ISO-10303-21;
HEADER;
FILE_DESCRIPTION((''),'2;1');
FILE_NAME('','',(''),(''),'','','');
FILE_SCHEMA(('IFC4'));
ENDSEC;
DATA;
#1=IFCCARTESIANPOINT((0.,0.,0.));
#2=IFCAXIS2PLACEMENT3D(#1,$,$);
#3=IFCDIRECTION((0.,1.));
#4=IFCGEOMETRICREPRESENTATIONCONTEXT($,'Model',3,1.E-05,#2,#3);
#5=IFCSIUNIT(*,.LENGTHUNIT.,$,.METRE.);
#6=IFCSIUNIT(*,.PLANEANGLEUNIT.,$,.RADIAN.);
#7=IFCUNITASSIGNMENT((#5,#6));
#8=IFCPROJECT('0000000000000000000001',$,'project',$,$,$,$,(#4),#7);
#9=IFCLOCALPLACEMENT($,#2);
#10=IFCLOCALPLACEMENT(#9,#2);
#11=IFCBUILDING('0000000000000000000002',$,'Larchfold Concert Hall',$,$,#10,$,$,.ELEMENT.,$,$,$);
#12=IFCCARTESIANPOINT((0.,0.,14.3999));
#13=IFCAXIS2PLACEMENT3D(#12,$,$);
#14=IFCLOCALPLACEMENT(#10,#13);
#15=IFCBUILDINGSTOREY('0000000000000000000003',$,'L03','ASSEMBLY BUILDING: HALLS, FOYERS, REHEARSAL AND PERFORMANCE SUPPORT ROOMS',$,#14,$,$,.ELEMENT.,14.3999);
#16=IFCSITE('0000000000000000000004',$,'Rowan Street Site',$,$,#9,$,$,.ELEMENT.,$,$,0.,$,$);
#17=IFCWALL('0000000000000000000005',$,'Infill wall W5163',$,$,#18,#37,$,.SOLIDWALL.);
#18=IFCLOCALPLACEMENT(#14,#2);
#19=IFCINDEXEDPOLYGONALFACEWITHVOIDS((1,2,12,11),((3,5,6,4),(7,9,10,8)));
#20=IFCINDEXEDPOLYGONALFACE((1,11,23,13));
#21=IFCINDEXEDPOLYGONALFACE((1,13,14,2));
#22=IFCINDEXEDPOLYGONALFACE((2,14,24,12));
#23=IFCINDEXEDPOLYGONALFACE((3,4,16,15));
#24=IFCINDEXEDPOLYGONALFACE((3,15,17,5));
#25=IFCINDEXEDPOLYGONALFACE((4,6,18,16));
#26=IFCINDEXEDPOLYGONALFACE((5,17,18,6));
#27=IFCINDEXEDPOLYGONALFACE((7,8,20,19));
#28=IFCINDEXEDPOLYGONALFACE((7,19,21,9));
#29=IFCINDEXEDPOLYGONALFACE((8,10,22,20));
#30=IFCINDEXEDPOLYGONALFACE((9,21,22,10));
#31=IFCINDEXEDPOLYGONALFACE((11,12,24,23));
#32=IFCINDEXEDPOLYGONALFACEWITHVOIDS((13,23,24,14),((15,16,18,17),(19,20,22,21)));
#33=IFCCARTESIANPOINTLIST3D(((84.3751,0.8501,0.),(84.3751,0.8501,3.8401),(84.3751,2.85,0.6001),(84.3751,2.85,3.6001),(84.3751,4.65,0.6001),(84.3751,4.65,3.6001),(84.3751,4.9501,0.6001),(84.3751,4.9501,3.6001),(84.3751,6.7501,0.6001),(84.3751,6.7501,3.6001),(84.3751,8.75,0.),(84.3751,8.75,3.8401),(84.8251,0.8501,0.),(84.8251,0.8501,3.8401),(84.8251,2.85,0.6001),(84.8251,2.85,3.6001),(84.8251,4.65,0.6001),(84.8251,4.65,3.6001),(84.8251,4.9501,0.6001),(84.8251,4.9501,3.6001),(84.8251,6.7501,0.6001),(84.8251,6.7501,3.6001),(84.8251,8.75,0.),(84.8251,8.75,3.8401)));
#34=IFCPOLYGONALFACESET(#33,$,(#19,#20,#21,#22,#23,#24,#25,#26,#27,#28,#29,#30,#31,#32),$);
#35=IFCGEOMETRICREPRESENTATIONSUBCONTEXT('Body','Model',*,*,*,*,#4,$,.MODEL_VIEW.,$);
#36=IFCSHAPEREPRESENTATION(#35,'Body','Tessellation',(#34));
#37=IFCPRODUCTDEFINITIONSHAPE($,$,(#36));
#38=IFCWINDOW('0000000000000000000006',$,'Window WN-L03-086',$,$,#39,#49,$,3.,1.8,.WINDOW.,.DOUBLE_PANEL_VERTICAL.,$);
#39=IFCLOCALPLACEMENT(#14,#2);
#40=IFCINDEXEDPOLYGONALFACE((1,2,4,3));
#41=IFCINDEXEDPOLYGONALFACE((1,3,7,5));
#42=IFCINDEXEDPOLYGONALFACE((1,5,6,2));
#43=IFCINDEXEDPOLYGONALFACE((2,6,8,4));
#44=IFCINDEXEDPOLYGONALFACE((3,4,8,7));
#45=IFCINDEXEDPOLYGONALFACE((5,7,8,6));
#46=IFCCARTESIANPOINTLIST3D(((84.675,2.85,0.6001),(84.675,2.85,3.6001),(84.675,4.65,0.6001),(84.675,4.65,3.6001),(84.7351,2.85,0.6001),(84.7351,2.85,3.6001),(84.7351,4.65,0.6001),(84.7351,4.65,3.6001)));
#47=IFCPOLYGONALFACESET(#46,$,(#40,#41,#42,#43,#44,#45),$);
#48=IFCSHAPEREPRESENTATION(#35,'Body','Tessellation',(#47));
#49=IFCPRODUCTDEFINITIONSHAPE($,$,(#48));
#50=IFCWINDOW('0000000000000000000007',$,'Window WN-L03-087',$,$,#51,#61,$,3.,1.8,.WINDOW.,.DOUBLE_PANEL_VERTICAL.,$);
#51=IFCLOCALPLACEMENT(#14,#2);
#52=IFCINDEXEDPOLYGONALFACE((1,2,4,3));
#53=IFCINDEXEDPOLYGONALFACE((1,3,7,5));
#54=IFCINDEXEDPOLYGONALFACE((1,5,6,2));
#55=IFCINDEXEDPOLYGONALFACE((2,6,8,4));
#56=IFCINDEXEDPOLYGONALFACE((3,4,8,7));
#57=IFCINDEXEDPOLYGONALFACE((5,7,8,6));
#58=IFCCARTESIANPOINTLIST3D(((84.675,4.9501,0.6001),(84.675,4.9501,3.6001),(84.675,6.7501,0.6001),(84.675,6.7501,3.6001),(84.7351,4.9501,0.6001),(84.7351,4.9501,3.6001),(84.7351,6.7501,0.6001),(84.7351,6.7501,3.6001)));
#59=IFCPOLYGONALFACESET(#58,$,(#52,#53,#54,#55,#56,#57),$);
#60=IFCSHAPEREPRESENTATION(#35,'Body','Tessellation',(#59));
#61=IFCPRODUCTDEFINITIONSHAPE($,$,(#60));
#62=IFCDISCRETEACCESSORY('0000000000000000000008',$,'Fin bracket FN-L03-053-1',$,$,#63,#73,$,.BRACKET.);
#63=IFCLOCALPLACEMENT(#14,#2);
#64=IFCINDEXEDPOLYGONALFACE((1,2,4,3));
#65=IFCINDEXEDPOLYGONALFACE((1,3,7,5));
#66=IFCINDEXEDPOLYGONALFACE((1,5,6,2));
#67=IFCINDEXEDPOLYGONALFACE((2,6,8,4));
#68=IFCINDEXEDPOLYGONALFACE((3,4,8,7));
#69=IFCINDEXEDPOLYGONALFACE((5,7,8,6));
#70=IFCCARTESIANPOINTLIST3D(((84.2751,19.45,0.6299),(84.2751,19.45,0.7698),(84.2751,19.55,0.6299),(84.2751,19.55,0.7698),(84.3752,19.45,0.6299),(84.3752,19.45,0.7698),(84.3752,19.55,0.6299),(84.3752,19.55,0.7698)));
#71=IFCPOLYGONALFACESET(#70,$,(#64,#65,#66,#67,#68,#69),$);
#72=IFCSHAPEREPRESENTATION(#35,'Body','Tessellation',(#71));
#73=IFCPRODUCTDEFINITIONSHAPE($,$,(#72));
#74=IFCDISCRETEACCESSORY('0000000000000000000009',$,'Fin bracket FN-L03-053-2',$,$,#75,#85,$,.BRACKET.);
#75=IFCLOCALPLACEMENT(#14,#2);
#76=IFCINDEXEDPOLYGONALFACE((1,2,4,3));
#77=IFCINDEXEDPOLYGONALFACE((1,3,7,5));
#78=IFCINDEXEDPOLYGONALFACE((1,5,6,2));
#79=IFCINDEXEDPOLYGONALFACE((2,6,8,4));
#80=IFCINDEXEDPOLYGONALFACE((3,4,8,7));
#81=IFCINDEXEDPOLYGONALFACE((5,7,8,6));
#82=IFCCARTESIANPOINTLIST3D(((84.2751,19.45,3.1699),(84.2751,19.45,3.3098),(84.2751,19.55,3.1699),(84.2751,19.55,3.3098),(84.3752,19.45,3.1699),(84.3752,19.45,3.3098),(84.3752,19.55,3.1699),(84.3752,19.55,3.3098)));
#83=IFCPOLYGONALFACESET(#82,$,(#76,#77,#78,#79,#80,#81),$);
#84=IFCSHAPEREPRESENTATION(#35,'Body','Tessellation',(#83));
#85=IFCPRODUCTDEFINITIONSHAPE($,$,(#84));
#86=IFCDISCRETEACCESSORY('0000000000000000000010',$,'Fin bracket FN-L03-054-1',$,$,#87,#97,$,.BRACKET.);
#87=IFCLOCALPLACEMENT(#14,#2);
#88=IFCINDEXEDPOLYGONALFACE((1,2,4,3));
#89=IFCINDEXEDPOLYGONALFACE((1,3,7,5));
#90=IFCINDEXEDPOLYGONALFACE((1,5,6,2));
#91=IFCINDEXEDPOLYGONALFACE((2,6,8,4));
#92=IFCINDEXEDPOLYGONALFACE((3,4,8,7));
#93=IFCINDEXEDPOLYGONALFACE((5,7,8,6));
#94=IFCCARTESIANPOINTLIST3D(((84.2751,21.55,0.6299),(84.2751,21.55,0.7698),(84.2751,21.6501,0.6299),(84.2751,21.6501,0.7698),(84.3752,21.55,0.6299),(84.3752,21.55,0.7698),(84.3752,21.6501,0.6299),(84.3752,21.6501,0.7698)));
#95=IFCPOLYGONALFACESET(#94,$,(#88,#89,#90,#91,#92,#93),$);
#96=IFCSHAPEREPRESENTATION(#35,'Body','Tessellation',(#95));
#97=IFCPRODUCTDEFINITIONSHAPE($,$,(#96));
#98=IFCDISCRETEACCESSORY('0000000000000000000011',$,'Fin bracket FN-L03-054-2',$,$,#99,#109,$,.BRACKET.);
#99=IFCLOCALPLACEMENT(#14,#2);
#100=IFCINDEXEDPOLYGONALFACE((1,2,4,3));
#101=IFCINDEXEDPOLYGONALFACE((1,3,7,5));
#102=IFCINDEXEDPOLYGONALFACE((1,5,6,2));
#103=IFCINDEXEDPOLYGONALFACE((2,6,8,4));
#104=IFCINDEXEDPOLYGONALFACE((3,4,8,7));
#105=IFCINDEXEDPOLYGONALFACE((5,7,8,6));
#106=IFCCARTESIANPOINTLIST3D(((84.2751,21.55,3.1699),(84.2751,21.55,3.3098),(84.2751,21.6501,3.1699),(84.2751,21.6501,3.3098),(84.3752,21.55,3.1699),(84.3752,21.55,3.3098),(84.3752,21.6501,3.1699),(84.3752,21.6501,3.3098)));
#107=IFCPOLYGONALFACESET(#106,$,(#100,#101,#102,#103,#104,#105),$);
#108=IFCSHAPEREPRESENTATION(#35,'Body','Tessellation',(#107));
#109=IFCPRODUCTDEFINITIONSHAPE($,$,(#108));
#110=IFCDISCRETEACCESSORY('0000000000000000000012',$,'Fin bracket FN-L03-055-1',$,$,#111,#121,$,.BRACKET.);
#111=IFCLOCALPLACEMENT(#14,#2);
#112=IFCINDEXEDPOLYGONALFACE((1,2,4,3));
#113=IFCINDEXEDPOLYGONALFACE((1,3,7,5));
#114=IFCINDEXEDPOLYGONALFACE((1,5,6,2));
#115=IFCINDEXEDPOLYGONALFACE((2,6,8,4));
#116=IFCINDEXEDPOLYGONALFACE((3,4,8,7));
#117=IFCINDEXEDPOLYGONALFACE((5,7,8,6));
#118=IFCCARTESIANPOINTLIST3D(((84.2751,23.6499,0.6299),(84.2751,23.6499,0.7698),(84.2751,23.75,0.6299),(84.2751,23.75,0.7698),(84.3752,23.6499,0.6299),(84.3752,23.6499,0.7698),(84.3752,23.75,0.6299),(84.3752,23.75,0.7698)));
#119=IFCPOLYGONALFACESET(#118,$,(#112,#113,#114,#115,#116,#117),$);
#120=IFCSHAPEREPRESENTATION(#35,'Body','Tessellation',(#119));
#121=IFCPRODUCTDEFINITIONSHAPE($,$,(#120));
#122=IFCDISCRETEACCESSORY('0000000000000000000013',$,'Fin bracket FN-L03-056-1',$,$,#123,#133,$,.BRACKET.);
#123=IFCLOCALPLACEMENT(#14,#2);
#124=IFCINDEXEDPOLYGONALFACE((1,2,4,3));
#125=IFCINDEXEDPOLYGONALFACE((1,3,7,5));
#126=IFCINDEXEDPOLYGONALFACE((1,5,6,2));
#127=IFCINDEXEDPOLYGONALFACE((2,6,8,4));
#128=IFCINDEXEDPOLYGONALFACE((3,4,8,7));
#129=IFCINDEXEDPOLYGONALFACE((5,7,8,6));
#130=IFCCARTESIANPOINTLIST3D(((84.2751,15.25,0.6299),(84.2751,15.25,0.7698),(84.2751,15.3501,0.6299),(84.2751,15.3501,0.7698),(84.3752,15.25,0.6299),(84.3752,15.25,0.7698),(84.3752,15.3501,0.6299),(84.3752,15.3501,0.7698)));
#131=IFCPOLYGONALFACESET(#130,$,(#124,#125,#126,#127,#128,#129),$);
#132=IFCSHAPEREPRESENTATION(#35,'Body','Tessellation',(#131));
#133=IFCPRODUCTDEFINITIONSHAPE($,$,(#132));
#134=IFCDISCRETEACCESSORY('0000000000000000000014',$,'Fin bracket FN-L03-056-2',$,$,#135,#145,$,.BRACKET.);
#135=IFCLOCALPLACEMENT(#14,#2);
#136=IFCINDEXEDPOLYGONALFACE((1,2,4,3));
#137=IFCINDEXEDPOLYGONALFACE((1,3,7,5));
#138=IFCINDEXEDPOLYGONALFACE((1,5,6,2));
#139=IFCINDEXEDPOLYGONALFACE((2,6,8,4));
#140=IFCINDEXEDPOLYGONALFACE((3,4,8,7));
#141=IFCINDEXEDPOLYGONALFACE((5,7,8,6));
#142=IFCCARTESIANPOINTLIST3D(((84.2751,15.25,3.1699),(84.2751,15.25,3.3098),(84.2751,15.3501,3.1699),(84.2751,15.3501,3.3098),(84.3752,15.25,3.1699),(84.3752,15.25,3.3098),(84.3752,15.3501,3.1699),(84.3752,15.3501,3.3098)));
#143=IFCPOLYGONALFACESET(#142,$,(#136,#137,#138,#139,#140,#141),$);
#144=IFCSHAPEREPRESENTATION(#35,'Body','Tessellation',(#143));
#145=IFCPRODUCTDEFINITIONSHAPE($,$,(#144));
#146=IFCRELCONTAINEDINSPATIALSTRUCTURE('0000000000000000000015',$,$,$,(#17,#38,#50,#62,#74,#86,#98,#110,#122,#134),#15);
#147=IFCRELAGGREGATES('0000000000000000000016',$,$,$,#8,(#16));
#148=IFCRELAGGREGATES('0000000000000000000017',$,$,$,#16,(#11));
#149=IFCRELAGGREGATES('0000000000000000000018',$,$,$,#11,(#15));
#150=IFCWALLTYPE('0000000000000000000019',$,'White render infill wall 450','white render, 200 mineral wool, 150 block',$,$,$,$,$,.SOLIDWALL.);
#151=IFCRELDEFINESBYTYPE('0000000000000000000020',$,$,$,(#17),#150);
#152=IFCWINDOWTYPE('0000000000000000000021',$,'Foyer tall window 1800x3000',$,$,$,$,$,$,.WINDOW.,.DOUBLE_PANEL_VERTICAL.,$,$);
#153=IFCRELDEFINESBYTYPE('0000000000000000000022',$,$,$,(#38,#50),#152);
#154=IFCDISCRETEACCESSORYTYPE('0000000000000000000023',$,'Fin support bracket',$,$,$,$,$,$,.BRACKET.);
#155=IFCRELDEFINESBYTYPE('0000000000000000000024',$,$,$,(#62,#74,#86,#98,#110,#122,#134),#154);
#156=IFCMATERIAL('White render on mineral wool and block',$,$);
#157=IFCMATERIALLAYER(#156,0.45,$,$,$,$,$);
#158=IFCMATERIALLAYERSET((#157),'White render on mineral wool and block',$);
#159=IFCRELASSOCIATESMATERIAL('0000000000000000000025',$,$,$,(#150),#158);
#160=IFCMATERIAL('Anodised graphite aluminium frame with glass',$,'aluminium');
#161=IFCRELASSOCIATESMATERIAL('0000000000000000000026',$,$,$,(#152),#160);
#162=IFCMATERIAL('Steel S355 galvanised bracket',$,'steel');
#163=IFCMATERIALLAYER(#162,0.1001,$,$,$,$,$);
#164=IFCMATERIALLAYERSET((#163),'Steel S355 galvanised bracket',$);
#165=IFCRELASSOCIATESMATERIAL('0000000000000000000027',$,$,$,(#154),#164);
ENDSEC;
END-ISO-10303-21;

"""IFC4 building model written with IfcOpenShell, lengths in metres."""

from ifc_helpers import new_model, si_unit, direction, frame, frame_2d, origin, origin_2d, place, context, subcontext, project, spatial, rectangle, extrude, material, layer, layer_set, type_object, element, fill, save


model = new_model("IFC4")

# Units and contexts
model_context = context("Model", 3, precision=1e-05, world=origin(), true_north=direction((0.0, 1.0)))
body_context = subcontext(model_context, "Body", "Model", "MODEL_VIEW")
ifc_project = project(units=[si_unit("LENGTHUNIT", "METRE"), si_unit("PLANEANGLEUNIT", "RADIAN")], contexts=[model_context])

# Site, building, storey
site_placement = place(None, origin())
site = spatial("IfcSite", under=ifc_project, at=site_placement, Name="Rowan Street Site", CompositionType="ELEMENT", RefElevation=0.0)
building_placement = place(site_placement, origin())
building = spatial("IfcBuilding", under=site, at=building_placement, Name="Larchfold Concert Hall", CompositionType="ELEMENT")
storey_placement = place(building_placement, frame((0.0, 0.0, 14.3999)))
storey = spatial("IfcBuildingStorey", under=building, at=storey_placement, Name="L03", Description="ASSEMBLY BUILDING: HALLS, FOYERS, REHEARSAL AND PERFORMANCE SUPPORT ROOMS", CompositionType="ELEMENT", Elevation=14.3999)

# Wall, openings, windows
ifc_material_1 = material(Name="White render on mineral wool and block")
ifc_layer_1 = layer(ifc_material_1, 0.45)
ifc_layer_set_1 = layer_set([ifc_layer_1], Name="White render on mineral wool and block")
wall_type = type_object("IfcWallType", Name="White render infill wall 450", Description="white render, 200 mineral wool, 150 block", PredefinedType="SOLIDWALL", material=ifc_layer_set_1)
ifc_material_2 = material(Name="Anodised graphite aluminium frame with glass", Category="aluminium")
window_type_1 = type_object("IfcWindowType", Name="Foyer tall window 1800x3000", PartitioningType="DOUBLE_PANEL_VERTICAL", PredefinedType="WINDOW", material=ifc_material_2)
wall_1_placement = place(storey_placement, frame((84.6001, 8.75, 0.0), z_axis=(0.0, 0.0, 1.0), x_axis=(0.0, -1.0, 0.0)))
wall_1 = element("IfcWall", 1, at=wall_1_placement, inside=storey, type_object=wall_type, Name="Infill wall W5163", PredefinedType="SOLIDWALL", context=body_context, shape_type="SweptSolid", body=[
    extrude(rectangle(XDim=7.8999, YDim=0.45, at=frame_2d((3.95, 0.0))), origin(), (0.0, 0.0, 1.0), 3.8401),
])
opening_1_placement = place(wall_1_placement, frame((4.1001, 0.0, 0.6001)))
opening_1 = element("IfcOpeningElement", 2, at=opening_1_placement, cuts=wall_1, PredefinedType="OPENING", context=body_context, shape_type="SweptSolid", body=[
    extrude(rectangle(XDim=1.8, YDim=3.0, at=frame_2d((0.8999, 1.5))), frame((0.0, 0.2349, 0.0), z_axis=(0.0, -1.0, 0.0), x_axis=(1.0, 0.0, 0.0)), (0.0, 0.0, 1.0), 0.47),
])
opening_2_placement = place(wall_1_placement, frame((2.0, 0.0, 0.6001)))
opening_2 = element("IfcOpeningElement", 3, at=opening_2_placement, cuts=wall_1, PredefinedType="OPENING", context=body_context, shape_type="SweptSolid", body=[
    extrude(rectangle(XDim=1.8, YDim=3.0, at=frame_2d((0.8999, 1.5))), frame((0.0, 0.2349, 0.0), z_axis=(0.0, -1.0, 0.0), x_axis=(1.0, 0.0, 0.0)), (0.0, 0.0, 1.0), 0.47),
])
window_1_placement = place(opening_1_placement, origin())
window_1 = element("IfcWindow", 4, at=window_1_placement, inside=storey, type_object=window_type_1, Name="Window WN-L03-086", OverallHeight=3.0, OverallWidth=1.8, PartitioningType="DOUBLE_PANEL_VERTICAL", PredefinedType="WINDOW", context=body_context, shape_type="SweptSolid", body=[
    extrude(rectangle(XDim=1.8, YDim=3.0, at=frame_2d((0.8999, 1.5))), frame((0.0, 0.135, 0.0), z_axis=(0.0, -1.0, 0.0), x_axis=(1.0, 0.0, 0.0)), (0.0, 0.0, 1.0), 0.0601),
])
fill(opening_1, window_1)
window_2_placement = place(opening_2_placement, origin())
window_2 = element("IfcWindow", 5, at=window_2_placement, inside=storey, type_object=window_type_1, Name="Window WN-L03-087", OverallHeight=3.0, OverallWidth=1.8, PartitioningType="DOUBLE_PANEL_VERTICAL", PredefinedType="WINDOW", context=body_context, shape_type="SweptSolid", body=[
    extrude(rectangle(XDim=1.8, YDim=3.0, at=frame_2d((0.8999, 1.5))), frame((0.0, 0.135, 0.0), z_axis=(0.0, -1.0, 0.0), x_axis=(1.0, 0.0, 0.0)), (0.0, 0.0, 1.0), 0.0601),
])
fill(opening_2, window_2)

# Discrete accessories
ifc_material_3 = material(Name="Steel S355 galvanised bracket", Category="steel")
ifc_layer_2 = layer(ifc_material_3, 0.1001)
ifc_layer_set_2 = layer_set([ifc_layer_2], Name="Steel S355 galvanised bracket")
discrete_accessory_type = type_object("IfcDiscreteAccessoryType", Name="Fin support bracket", PredefinedType="BRACKET", material=ifc_layer_set_2)
for number, where, z_axis, x_axis, name in (
    (6, (84.3252, 19.5, 0.6299), (0.0, 0.0, 1.0), (-1.0, 0.0, 0.0), "Fin bracket FN-L03-053-1"),
    (7, (84.3252, 19.5, 3.1699), (0.0, 0.0, 1.0), (-1.0, 0.0, 0.0), "Fin bracket FN-L03-053-2"),
    (8, (84.3252, 21.6001, 0.6299), (0.0, 0.0, 1.0), (-1.0, 0.0, 0.0), "Fin bracket FN-L03-054-1"),
    (9, (84.3252, 21.6001, 3.1699), (0.0, 0.0, 1.0), (-1.0, 0.0, 0.0), "Fin bracket FN-L03-054-2"),
    (10, (84.3252, 23.7, 0.6299), (0.0, 0.0, 1.0), (-1.0, 0.0, 0.0), "Fin bracket FN-L03-055-1"),
    (11, (84.3252, 15.3, 0.6299), (0.0, 0.0, 1.0), (-1.0, 0.0, 0.0), "Fin bracket FN-L03-056-1"),
    (12, (84.3252, 15.3, 3.1699), (0.0, 0.0, 1.0), (-1.0, 0.0, 0.0), "Fin bracket FN-L03-056-2"),
):
    element("IfcDiscreteAccessory", number, at=place(storey_placement, frame(where, z_axis=z_axis, x_axis=x_axis)), inside=storey, type_object=discrete_accessory_type, Name=name, PredefinedType="BRACKET", context=body_context, shape_type="SweptSolid", body=[
        extrude(rectangle(XDim=0.1001, YDim=0.1001, at=origin_2d()), origin(), (0.0, 0.0, 1.0), 0.1399),
    ])

save(model, "model.ifc")
